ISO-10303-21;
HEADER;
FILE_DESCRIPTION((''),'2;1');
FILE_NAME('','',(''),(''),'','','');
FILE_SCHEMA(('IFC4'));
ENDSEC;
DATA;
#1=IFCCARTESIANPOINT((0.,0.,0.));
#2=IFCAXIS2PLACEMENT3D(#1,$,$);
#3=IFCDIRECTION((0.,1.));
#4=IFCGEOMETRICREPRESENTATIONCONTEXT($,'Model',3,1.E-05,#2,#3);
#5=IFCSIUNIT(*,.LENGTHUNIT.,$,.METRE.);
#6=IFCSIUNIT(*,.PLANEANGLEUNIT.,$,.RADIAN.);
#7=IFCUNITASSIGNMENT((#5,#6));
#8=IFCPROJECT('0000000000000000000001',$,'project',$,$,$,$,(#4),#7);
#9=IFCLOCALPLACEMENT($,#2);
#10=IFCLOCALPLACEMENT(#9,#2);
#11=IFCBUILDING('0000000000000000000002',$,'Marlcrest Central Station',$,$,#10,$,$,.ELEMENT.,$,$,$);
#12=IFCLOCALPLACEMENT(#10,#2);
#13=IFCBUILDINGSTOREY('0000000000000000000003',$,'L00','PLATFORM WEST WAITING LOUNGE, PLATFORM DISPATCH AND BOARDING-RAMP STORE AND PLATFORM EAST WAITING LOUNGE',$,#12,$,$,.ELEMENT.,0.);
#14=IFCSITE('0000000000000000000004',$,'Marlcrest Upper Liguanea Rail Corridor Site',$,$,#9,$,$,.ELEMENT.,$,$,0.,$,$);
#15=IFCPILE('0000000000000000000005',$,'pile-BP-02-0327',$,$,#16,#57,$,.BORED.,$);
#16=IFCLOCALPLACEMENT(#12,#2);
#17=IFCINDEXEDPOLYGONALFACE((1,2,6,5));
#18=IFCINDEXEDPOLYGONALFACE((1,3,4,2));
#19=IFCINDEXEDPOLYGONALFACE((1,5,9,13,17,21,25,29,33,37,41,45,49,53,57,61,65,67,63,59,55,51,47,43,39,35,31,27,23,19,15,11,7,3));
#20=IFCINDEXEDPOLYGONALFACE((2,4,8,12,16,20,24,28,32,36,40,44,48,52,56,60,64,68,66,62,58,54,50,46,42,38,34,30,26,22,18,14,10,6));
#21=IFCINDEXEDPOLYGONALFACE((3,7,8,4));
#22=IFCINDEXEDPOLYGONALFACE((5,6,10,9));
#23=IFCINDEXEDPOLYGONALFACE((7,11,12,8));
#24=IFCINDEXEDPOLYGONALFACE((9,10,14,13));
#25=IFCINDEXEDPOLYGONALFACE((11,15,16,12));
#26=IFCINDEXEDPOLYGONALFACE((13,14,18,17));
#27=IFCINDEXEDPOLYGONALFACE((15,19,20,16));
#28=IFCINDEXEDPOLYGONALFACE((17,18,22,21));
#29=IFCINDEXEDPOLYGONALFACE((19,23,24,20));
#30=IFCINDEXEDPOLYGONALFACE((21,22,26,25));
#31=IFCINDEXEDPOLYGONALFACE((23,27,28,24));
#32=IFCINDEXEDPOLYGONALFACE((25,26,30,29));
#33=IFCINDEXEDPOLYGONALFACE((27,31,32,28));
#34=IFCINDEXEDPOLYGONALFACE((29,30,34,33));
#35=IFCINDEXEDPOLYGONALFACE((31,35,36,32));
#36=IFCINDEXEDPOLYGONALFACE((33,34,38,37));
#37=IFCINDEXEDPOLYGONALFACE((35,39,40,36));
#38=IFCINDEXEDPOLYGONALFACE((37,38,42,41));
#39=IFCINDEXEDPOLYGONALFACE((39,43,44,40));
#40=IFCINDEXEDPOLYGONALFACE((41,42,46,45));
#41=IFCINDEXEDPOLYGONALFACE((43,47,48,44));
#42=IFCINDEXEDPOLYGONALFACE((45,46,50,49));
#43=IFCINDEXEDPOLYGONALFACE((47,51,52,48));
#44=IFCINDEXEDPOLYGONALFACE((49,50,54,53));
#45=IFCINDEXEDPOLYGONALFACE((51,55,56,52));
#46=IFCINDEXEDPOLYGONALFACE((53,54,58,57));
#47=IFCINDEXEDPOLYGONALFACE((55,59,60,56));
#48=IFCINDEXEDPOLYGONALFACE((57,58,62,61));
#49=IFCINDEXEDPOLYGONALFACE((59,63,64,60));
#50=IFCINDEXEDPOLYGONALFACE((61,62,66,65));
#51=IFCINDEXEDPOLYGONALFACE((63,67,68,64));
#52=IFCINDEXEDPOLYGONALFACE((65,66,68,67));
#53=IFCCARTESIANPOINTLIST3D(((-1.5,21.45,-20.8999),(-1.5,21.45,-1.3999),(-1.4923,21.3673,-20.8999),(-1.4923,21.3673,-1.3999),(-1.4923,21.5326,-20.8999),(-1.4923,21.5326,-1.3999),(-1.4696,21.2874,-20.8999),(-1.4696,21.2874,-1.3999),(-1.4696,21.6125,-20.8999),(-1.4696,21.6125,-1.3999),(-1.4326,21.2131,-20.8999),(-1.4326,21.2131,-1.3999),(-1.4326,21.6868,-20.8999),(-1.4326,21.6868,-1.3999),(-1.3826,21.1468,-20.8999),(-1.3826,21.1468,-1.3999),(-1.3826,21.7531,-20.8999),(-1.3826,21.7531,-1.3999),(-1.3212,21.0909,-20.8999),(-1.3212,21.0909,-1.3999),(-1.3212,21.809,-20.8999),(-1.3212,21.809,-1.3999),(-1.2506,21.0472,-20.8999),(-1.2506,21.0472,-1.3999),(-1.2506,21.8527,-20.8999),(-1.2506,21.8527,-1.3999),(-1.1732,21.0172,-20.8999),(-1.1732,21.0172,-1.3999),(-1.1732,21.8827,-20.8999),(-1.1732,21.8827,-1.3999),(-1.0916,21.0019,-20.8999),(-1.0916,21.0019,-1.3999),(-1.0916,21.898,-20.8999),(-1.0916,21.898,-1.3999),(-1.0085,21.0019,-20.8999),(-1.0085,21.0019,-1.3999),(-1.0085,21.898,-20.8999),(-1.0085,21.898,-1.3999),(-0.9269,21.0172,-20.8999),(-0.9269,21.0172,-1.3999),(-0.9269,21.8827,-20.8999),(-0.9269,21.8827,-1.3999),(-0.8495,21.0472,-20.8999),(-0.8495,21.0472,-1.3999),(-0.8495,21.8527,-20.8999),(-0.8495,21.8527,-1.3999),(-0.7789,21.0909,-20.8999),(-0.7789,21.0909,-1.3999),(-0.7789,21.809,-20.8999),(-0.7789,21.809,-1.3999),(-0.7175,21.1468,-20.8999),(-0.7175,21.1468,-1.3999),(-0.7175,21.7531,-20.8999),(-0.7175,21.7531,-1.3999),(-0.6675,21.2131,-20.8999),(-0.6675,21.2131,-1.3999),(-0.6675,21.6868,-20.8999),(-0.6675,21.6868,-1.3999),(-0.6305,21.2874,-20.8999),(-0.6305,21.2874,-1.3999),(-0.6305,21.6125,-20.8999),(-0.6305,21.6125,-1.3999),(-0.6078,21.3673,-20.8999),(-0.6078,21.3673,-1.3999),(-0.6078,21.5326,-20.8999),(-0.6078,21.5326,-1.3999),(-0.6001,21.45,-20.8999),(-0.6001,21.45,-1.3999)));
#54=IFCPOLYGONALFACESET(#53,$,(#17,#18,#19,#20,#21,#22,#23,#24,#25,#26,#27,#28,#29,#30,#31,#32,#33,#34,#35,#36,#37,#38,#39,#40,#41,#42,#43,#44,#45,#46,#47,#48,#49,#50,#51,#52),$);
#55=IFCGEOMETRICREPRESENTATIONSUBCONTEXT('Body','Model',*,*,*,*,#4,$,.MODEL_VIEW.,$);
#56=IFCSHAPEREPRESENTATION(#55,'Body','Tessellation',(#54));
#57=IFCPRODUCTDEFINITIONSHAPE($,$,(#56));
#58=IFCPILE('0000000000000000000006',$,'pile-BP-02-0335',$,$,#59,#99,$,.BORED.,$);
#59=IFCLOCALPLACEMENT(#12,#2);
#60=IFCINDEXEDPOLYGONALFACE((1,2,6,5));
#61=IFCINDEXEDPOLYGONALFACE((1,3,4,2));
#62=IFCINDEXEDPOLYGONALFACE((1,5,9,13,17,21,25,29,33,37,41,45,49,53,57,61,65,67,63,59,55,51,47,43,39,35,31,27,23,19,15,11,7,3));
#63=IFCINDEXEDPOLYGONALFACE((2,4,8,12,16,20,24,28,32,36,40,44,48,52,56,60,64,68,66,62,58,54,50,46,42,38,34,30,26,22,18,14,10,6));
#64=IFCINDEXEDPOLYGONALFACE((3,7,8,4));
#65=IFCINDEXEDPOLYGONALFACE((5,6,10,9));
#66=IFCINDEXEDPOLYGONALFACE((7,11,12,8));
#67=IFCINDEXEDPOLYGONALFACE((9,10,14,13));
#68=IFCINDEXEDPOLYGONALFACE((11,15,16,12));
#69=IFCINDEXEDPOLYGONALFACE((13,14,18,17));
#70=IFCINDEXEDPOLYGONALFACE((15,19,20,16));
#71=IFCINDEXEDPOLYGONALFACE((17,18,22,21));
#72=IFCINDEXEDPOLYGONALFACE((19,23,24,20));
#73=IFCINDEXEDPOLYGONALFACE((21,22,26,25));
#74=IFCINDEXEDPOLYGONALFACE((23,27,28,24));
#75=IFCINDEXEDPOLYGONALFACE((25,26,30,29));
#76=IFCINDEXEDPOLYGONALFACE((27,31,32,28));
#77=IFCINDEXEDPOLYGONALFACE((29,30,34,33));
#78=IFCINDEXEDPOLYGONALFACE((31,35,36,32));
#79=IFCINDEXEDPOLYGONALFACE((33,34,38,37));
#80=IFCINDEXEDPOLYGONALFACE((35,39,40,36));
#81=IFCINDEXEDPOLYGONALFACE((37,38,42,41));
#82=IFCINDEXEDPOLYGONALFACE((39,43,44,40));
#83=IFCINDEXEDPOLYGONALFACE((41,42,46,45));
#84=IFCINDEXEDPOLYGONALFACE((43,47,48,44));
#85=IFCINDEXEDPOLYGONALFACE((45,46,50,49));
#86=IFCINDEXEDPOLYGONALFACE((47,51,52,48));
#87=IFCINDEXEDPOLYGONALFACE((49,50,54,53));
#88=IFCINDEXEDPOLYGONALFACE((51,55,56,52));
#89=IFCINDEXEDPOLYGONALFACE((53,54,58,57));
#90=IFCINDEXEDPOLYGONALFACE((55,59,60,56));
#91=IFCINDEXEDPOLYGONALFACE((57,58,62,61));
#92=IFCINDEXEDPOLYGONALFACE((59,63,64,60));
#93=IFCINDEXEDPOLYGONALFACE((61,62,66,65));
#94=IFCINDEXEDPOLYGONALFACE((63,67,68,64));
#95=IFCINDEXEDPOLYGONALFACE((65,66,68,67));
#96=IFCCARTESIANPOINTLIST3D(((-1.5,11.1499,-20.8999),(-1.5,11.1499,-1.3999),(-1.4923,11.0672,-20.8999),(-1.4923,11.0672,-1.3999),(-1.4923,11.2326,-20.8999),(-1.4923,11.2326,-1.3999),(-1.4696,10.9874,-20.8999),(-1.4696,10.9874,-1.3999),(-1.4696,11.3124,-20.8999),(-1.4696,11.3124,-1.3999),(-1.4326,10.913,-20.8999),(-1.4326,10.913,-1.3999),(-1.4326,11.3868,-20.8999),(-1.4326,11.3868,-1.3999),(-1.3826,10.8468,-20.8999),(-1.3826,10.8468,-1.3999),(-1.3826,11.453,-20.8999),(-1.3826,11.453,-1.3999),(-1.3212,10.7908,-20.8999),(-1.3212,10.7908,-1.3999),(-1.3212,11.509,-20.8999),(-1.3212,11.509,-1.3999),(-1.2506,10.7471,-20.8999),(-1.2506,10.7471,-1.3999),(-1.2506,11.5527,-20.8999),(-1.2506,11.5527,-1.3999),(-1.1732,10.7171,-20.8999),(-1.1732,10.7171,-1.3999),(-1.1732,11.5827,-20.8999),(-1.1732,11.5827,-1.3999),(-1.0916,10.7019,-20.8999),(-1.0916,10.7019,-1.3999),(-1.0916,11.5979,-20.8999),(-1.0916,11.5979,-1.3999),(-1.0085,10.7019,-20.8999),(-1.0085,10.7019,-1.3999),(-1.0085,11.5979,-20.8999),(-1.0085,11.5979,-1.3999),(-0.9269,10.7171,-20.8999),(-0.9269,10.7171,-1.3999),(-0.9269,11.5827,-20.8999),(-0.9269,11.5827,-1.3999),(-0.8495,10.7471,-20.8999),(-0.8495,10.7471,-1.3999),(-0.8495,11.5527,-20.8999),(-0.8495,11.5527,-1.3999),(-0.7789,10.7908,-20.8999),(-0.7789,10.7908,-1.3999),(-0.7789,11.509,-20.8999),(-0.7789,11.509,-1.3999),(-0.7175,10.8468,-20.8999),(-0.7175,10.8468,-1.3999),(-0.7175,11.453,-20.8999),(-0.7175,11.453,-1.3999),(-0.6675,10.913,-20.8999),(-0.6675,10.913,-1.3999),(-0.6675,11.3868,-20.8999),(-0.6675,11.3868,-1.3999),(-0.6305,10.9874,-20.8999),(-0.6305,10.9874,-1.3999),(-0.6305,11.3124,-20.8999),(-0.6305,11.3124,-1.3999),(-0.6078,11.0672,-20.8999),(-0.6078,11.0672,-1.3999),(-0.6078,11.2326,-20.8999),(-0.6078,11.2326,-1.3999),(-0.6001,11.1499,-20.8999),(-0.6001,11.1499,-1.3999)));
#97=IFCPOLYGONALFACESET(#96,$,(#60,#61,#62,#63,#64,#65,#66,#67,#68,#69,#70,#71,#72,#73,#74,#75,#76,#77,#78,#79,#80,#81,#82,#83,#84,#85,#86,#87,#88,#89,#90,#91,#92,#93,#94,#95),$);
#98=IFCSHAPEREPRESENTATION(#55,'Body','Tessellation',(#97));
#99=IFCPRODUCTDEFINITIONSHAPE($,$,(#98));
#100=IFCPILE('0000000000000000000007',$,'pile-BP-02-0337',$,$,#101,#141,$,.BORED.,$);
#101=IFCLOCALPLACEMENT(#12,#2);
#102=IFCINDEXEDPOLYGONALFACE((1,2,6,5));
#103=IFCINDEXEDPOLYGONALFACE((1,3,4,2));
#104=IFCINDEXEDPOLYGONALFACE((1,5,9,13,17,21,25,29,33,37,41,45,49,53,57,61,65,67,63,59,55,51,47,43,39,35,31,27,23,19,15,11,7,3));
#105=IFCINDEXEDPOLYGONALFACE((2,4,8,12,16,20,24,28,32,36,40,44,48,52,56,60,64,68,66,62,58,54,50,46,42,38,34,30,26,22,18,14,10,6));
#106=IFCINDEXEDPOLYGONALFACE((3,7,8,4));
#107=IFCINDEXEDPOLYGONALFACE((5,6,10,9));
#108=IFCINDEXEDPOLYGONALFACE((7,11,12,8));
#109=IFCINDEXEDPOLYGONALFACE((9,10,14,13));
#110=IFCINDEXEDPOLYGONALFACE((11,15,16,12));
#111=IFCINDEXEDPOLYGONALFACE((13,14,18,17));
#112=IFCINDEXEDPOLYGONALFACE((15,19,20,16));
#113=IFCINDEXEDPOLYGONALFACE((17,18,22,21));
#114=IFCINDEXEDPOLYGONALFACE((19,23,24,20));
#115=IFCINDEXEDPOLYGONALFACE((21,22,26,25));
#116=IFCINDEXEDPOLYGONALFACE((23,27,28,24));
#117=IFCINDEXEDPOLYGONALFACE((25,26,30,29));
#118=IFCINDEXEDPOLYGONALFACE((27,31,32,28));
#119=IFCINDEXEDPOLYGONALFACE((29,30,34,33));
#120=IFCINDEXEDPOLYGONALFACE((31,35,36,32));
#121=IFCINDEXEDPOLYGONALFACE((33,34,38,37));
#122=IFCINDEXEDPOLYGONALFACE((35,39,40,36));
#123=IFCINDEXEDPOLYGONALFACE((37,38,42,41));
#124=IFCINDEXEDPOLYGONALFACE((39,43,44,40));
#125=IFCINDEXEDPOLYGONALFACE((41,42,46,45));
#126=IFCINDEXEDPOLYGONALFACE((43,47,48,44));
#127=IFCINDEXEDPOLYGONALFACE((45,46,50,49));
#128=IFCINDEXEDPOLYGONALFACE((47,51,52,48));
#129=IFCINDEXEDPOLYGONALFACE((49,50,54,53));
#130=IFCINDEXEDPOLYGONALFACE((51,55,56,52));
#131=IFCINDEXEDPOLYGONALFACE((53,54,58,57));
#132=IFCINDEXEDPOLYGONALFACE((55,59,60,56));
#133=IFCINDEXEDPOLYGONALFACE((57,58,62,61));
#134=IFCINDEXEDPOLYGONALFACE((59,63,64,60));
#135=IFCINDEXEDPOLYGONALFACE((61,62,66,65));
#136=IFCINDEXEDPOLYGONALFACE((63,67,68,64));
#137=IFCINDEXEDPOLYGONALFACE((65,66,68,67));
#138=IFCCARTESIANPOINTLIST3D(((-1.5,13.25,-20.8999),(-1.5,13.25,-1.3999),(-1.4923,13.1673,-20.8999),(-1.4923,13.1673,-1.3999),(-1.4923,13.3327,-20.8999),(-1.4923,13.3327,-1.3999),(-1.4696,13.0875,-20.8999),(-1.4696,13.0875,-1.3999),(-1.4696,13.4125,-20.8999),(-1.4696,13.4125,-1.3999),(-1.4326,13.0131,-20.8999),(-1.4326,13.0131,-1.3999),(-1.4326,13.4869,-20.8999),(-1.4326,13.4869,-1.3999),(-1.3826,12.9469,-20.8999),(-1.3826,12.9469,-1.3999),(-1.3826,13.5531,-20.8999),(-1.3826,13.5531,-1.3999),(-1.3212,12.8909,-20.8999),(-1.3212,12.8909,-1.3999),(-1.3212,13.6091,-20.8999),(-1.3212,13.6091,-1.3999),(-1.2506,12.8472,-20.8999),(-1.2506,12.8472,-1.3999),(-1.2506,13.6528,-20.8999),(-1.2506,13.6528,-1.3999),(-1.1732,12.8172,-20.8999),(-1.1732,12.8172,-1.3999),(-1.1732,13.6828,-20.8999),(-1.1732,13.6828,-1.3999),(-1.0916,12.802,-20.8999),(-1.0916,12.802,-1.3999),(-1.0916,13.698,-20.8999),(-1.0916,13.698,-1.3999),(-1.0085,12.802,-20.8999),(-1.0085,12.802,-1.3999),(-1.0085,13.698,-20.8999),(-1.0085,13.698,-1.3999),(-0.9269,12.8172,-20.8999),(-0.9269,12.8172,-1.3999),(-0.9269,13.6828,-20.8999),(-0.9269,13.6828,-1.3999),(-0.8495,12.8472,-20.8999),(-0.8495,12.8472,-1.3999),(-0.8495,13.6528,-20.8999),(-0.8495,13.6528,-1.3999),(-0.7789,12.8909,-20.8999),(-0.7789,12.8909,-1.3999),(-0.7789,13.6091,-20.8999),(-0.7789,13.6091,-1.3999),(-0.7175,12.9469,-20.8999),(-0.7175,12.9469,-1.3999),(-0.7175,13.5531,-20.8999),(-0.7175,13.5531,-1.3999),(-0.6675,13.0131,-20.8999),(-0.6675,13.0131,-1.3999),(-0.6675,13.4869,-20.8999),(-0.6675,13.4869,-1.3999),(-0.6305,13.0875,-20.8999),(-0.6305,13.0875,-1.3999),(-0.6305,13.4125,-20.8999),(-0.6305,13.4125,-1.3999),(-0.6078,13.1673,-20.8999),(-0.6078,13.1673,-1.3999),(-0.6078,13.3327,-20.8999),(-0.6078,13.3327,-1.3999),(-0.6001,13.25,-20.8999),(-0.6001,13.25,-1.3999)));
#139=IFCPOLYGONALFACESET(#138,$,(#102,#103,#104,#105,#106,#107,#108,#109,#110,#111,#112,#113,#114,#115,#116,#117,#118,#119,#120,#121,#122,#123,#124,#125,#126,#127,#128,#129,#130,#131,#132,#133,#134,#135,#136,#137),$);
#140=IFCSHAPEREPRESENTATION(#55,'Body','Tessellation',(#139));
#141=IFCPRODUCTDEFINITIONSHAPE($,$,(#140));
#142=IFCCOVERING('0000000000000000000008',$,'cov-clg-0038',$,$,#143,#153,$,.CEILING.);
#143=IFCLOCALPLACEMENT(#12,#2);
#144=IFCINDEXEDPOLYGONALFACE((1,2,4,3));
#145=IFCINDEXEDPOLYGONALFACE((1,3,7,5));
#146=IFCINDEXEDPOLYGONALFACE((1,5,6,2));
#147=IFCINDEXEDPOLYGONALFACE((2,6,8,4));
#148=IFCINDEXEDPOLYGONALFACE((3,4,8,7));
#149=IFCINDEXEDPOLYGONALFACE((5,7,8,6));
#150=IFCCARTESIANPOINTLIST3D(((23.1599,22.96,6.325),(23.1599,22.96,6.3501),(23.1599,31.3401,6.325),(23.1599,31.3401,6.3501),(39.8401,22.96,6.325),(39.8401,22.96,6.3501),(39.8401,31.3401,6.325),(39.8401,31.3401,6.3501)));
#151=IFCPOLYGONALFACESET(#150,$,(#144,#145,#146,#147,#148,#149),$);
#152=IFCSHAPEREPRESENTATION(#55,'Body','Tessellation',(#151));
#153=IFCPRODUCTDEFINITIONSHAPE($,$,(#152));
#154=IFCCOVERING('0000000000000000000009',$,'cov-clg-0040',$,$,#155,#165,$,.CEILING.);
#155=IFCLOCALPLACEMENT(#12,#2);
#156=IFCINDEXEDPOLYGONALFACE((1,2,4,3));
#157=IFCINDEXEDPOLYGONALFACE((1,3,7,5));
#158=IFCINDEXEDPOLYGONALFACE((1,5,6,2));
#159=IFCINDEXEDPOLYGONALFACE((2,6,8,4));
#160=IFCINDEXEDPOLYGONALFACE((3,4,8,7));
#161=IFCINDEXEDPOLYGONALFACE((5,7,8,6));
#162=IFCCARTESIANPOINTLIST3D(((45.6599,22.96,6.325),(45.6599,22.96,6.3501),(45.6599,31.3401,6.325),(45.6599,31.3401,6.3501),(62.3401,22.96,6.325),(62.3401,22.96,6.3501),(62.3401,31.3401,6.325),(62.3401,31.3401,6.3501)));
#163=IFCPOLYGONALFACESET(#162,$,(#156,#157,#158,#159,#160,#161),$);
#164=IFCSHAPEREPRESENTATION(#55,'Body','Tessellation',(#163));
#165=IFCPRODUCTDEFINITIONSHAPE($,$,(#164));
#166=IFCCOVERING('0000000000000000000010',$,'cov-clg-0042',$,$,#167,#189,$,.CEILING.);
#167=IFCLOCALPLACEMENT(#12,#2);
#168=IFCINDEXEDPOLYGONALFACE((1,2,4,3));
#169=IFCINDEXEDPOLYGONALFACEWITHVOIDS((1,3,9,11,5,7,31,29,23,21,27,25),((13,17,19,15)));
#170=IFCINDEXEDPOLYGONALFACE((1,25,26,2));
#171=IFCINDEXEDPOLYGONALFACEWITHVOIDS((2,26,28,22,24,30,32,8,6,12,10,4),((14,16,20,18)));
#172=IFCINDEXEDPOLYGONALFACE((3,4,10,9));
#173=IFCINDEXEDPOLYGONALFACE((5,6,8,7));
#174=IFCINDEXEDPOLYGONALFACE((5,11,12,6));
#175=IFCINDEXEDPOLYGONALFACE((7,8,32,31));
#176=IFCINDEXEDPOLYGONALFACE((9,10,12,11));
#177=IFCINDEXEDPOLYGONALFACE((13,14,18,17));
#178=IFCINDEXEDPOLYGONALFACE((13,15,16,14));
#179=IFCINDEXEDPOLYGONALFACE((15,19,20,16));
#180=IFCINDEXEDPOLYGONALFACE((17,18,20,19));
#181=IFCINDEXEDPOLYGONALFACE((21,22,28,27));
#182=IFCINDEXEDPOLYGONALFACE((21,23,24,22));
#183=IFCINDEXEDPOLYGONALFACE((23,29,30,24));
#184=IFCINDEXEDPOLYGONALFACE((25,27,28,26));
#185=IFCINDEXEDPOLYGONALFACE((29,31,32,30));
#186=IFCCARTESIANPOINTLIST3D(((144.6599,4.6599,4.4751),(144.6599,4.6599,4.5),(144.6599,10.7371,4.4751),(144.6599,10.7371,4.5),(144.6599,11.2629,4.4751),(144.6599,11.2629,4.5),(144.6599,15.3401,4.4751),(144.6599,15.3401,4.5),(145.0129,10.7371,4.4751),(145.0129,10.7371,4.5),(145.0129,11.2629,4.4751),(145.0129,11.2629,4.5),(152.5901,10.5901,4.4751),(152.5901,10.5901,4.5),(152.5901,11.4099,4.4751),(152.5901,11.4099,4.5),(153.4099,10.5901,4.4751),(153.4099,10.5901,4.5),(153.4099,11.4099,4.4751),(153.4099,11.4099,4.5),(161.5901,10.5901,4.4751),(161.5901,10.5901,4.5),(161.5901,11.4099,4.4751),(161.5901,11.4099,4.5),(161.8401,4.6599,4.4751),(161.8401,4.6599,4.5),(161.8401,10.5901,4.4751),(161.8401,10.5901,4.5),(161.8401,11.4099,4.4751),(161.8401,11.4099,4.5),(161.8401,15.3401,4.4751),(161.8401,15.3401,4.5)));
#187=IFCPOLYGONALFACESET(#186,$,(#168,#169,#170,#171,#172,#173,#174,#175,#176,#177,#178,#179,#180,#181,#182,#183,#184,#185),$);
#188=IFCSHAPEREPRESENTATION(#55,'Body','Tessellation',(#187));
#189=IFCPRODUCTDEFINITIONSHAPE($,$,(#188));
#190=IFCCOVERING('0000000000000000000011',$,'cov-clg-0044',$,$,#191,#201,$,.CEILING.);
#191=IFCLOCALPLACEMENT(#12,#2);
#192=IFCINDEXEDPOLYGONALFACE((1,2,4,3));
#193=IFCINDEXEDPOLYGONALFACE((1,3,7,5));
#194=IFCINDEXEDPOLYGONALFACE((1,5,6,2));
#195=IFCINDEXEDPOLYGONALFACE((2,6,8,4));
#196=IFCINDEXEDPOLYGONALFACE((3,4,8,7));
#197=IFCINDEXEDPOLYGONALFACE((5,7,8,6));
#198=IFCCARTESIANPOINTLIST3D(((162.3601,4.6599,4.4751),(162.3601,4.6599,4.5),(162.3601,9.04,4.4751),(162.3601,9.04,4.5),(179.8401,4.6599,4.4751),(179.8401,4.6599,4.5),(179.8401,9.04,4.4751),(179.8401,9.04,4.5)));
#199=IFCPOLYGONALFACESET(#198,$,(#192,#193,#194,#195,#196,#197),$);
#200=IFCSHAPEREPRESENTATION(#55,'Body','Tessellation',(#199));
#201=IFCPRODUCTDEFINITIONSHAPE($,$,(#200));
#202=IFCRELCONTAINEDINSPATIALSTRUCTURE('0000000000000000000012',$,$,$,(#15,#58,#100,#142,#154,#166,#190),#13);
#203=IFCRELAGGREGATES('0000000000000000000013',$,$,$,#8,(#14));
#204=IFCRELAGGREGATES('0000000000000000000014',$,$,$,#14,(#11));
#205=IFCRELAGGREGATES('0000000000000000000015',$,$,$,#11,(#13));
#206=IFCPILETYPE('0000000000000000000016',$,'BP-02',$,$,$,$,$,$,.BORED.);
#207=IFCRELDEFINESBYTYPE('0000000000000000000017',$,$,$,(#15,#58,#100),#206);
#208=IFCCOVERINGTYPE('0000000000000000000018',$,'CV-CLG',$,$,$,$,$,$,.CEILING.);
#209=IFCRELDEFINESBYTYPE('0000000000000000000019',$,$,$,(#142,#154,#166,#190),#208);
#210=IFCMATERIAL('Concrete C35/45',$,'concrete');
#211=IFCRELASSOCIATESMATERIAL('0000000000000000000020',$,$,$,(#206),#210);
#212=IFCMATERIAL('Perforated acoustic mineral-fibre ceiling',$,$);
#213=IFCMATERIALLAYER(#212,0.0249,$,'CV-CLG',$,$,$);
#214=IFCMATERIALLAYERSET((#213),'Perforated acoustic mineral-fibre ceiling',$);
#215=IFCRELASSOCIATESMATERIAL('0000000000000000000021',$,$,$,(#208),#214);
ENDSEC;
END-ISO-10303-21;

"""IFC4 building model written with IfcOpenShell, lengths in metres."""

from ifc_helpers import new_model, si_unit, direction, frame, origin, origin_2d, place, context, subcontext, project, spatial, polyline, circle, outline, extrude, material, layer, layer_set, material_profile, profile_set, type_object, element, save


model = new_model("IFC4")

# Units and contexts
model_context = context("Model", 3, precision=1e-05, world=origin(), true_north=direction((0.0, 1.0)))
body_context = subcontext(model_context, "Body", "Model", "MODEL_VIEW")
ifc_project = project(units=[si_unit("LENGTHUNIT", "METRE"), si_unit("PLANEANGLEUNIT", "RADIAN")], contexts=[model_context])

# Site, building, storey
site_placement = place(None, origin())
site = spatial("IfcSite", under=ifc_project, at=site_placement, Name="Marlcrest Upper Liguanea Rail Corridor Site", CompositionType="ELEMENT", RefElevation=0.0)
building_placement = place(site_placement, origin())
building = spatial("IfcBuilding", under=site, at=building_placement, Name="Marlcrest Central Station", CompositionType="ELEMENT")
storey_placement = place(building_placement, origin())
storey = spatial("IfcBuildingStorey", under=building, at=storey_placement, Name="L00", Description="PLATFORM WEST WAITING LOUNGE, PLATFORM DISPATCH AND BOARDING-RAMP STORE AND PLATFORM EAST WAITING LOUNGE", CompositionType="ELEMENT", Elevation=0.0)

# Piles
ifc_material_1 = material(Name="Concrete C35/45", Category="concrete")
ifc_material_profile = material_profile(ifc_material_1, circle(Radius=0.45, at=origin_2d()), Name="PILE D900")
ifc_profile_set = profile_set([ifc_material_profile], Name="Concrete C35/45")
pile_type = type_object("IfcPileType", Name="BP-02", PredefinedType="BORED", material=ifc_profile_set)
for number, where, z_axis, x_axis, name in (
    (1, (-1.05, 21.45, -1.3999), (0.0, 0.0, -1.0), (1.0, 0.0, 0.0), "pile-BP-02-0327"),
    (2, (-1.05, 11.1499, -1.3999), (0.0, 0.0, -1.0), (1.0, 0.0, 0.0), "pile-BP-02-0335"),
    (3, (-1.05, 13.25, -1.3999), (0.0, 0.0, -1.0), (1.0, 0.0, 0.0), "pile-BP-02-0337"),
):
    element("IfcPile", number, at=place(storey_placement, frame(where, z_axis=z_axis, x_axis=x_axis)), inside=storey, type_object=pile_type, Name=name, PredefinedType="BORED", context=body_context, shape_type="SweptSolid", body=[
        extrude(circle(Radius=0.45, at=origin_2d()), origin(), (0.0, 0.0, 1.0), 19.5),
    ])

# Coverings
ifc_material_2 = material(Name="Perforated acoustic mineral-fibre ceiling")
ifc_layer_1 = layer(ifc_material_2, 0.0249, Name="CV-CLG")
ifc_layer_set_1 = layer_set([ifc_layer_1], Name="Perforated acoustic mineral-fibre ceiling")
covering_type_1 = type_object("IfcCoveringType", Name="CV-CLG", PredefinedType="CEILING", material=ifc_layer_set_1)
covering_1_placement = place(storey_placement, frame((0.0, 0.0, 6.325)))
element("IfcCovering", 4, at=covering_1_placement, inside=storey, type_object=covering_type_1, Name="cov-clg-0038", PredefinedType="CEILING", context=body_context, shape_type="SweptSolid", body=[
    extrude(outline(polyline([(39.8401, 22.96), (39.8401, 31.3401), (23.1599, 31.3401), (23.1599, 22.96), (39.8401, 22.96)])), origin(), (0.0, 0.0, 1.0), 0.0251),
])
covering_2_placement = place(storey_placement, frame((0.0, 0.0, 6.325)))
element("IfcCovering", 5, at=covering_2_placement, inside=storey, type_object=covering_type_1, Name="cov-clg-0040", PredefinedType="CEILING", context=body_context, shape_type="SweptSolid", body=[
    extrude(outline(polyline([(62.3401, 22.96), (62.3401, 31.3401), (45.6599, 31.3401), (45.6599, 22.96), (62.3401, 22.96)])), origin(), (0.0, 0.0, 1.0), 0.0251),
])
covering_3_placement = place(storey_placement, frame((0.0, 0.0, 4.4751)))
element("IfcCovering", 6, at=covering_3_placement, inside=storey, type_object=covering_type_1, Name="cov-clg-0042", PredefinedType="CEILING", context=body_context, shape_type="SweptSolid", body=[
    extrude(outline(polyline([(161.8401, 15.3401), (161.8401, 11.4099), (161.5901, 11.4099), (161.5901, 10.5901), (161.8401, 10.5901), (161.8401, 4.6599), (144.6599, 4.6599), (144.6599, 10.7371), (145.0129, 10.7371), (145.0129, 11.2629), (144.6599, 11.2629), (144.6599, 15.3401), (161.8401, 15.3401)]), holes=[polyline([(152.5901, 10.5901), (153.4099, 10.5901), (153.4099, 11.4099), (152.5901, 11.4099), (152.5901, 10.5901)])]), origin(), (0.0, 0.0, 1.0), 0.0249),
])
covering_4_placement = place(storey_placement, frame((0.0, 0.0, 4.4751)))
element("IfcCovering", 7, at=covering_4_placement, inside=storey, type_object=covering_type_1, Name="cov-clg-0044", PredefinedType="CEILING", context=body_context, shape_type="SweptSolid", body=[
    extrude(outline(polyline([(179.8401, 4.6599), (179.8401, 9.04), (162.3601, 9.04), (162.3601, 4.6599), (179.8401, 4.6599)])), origin(), (0.0, 0.0, 1.0), 0.0249),
])

save(model, "model.ifc")
